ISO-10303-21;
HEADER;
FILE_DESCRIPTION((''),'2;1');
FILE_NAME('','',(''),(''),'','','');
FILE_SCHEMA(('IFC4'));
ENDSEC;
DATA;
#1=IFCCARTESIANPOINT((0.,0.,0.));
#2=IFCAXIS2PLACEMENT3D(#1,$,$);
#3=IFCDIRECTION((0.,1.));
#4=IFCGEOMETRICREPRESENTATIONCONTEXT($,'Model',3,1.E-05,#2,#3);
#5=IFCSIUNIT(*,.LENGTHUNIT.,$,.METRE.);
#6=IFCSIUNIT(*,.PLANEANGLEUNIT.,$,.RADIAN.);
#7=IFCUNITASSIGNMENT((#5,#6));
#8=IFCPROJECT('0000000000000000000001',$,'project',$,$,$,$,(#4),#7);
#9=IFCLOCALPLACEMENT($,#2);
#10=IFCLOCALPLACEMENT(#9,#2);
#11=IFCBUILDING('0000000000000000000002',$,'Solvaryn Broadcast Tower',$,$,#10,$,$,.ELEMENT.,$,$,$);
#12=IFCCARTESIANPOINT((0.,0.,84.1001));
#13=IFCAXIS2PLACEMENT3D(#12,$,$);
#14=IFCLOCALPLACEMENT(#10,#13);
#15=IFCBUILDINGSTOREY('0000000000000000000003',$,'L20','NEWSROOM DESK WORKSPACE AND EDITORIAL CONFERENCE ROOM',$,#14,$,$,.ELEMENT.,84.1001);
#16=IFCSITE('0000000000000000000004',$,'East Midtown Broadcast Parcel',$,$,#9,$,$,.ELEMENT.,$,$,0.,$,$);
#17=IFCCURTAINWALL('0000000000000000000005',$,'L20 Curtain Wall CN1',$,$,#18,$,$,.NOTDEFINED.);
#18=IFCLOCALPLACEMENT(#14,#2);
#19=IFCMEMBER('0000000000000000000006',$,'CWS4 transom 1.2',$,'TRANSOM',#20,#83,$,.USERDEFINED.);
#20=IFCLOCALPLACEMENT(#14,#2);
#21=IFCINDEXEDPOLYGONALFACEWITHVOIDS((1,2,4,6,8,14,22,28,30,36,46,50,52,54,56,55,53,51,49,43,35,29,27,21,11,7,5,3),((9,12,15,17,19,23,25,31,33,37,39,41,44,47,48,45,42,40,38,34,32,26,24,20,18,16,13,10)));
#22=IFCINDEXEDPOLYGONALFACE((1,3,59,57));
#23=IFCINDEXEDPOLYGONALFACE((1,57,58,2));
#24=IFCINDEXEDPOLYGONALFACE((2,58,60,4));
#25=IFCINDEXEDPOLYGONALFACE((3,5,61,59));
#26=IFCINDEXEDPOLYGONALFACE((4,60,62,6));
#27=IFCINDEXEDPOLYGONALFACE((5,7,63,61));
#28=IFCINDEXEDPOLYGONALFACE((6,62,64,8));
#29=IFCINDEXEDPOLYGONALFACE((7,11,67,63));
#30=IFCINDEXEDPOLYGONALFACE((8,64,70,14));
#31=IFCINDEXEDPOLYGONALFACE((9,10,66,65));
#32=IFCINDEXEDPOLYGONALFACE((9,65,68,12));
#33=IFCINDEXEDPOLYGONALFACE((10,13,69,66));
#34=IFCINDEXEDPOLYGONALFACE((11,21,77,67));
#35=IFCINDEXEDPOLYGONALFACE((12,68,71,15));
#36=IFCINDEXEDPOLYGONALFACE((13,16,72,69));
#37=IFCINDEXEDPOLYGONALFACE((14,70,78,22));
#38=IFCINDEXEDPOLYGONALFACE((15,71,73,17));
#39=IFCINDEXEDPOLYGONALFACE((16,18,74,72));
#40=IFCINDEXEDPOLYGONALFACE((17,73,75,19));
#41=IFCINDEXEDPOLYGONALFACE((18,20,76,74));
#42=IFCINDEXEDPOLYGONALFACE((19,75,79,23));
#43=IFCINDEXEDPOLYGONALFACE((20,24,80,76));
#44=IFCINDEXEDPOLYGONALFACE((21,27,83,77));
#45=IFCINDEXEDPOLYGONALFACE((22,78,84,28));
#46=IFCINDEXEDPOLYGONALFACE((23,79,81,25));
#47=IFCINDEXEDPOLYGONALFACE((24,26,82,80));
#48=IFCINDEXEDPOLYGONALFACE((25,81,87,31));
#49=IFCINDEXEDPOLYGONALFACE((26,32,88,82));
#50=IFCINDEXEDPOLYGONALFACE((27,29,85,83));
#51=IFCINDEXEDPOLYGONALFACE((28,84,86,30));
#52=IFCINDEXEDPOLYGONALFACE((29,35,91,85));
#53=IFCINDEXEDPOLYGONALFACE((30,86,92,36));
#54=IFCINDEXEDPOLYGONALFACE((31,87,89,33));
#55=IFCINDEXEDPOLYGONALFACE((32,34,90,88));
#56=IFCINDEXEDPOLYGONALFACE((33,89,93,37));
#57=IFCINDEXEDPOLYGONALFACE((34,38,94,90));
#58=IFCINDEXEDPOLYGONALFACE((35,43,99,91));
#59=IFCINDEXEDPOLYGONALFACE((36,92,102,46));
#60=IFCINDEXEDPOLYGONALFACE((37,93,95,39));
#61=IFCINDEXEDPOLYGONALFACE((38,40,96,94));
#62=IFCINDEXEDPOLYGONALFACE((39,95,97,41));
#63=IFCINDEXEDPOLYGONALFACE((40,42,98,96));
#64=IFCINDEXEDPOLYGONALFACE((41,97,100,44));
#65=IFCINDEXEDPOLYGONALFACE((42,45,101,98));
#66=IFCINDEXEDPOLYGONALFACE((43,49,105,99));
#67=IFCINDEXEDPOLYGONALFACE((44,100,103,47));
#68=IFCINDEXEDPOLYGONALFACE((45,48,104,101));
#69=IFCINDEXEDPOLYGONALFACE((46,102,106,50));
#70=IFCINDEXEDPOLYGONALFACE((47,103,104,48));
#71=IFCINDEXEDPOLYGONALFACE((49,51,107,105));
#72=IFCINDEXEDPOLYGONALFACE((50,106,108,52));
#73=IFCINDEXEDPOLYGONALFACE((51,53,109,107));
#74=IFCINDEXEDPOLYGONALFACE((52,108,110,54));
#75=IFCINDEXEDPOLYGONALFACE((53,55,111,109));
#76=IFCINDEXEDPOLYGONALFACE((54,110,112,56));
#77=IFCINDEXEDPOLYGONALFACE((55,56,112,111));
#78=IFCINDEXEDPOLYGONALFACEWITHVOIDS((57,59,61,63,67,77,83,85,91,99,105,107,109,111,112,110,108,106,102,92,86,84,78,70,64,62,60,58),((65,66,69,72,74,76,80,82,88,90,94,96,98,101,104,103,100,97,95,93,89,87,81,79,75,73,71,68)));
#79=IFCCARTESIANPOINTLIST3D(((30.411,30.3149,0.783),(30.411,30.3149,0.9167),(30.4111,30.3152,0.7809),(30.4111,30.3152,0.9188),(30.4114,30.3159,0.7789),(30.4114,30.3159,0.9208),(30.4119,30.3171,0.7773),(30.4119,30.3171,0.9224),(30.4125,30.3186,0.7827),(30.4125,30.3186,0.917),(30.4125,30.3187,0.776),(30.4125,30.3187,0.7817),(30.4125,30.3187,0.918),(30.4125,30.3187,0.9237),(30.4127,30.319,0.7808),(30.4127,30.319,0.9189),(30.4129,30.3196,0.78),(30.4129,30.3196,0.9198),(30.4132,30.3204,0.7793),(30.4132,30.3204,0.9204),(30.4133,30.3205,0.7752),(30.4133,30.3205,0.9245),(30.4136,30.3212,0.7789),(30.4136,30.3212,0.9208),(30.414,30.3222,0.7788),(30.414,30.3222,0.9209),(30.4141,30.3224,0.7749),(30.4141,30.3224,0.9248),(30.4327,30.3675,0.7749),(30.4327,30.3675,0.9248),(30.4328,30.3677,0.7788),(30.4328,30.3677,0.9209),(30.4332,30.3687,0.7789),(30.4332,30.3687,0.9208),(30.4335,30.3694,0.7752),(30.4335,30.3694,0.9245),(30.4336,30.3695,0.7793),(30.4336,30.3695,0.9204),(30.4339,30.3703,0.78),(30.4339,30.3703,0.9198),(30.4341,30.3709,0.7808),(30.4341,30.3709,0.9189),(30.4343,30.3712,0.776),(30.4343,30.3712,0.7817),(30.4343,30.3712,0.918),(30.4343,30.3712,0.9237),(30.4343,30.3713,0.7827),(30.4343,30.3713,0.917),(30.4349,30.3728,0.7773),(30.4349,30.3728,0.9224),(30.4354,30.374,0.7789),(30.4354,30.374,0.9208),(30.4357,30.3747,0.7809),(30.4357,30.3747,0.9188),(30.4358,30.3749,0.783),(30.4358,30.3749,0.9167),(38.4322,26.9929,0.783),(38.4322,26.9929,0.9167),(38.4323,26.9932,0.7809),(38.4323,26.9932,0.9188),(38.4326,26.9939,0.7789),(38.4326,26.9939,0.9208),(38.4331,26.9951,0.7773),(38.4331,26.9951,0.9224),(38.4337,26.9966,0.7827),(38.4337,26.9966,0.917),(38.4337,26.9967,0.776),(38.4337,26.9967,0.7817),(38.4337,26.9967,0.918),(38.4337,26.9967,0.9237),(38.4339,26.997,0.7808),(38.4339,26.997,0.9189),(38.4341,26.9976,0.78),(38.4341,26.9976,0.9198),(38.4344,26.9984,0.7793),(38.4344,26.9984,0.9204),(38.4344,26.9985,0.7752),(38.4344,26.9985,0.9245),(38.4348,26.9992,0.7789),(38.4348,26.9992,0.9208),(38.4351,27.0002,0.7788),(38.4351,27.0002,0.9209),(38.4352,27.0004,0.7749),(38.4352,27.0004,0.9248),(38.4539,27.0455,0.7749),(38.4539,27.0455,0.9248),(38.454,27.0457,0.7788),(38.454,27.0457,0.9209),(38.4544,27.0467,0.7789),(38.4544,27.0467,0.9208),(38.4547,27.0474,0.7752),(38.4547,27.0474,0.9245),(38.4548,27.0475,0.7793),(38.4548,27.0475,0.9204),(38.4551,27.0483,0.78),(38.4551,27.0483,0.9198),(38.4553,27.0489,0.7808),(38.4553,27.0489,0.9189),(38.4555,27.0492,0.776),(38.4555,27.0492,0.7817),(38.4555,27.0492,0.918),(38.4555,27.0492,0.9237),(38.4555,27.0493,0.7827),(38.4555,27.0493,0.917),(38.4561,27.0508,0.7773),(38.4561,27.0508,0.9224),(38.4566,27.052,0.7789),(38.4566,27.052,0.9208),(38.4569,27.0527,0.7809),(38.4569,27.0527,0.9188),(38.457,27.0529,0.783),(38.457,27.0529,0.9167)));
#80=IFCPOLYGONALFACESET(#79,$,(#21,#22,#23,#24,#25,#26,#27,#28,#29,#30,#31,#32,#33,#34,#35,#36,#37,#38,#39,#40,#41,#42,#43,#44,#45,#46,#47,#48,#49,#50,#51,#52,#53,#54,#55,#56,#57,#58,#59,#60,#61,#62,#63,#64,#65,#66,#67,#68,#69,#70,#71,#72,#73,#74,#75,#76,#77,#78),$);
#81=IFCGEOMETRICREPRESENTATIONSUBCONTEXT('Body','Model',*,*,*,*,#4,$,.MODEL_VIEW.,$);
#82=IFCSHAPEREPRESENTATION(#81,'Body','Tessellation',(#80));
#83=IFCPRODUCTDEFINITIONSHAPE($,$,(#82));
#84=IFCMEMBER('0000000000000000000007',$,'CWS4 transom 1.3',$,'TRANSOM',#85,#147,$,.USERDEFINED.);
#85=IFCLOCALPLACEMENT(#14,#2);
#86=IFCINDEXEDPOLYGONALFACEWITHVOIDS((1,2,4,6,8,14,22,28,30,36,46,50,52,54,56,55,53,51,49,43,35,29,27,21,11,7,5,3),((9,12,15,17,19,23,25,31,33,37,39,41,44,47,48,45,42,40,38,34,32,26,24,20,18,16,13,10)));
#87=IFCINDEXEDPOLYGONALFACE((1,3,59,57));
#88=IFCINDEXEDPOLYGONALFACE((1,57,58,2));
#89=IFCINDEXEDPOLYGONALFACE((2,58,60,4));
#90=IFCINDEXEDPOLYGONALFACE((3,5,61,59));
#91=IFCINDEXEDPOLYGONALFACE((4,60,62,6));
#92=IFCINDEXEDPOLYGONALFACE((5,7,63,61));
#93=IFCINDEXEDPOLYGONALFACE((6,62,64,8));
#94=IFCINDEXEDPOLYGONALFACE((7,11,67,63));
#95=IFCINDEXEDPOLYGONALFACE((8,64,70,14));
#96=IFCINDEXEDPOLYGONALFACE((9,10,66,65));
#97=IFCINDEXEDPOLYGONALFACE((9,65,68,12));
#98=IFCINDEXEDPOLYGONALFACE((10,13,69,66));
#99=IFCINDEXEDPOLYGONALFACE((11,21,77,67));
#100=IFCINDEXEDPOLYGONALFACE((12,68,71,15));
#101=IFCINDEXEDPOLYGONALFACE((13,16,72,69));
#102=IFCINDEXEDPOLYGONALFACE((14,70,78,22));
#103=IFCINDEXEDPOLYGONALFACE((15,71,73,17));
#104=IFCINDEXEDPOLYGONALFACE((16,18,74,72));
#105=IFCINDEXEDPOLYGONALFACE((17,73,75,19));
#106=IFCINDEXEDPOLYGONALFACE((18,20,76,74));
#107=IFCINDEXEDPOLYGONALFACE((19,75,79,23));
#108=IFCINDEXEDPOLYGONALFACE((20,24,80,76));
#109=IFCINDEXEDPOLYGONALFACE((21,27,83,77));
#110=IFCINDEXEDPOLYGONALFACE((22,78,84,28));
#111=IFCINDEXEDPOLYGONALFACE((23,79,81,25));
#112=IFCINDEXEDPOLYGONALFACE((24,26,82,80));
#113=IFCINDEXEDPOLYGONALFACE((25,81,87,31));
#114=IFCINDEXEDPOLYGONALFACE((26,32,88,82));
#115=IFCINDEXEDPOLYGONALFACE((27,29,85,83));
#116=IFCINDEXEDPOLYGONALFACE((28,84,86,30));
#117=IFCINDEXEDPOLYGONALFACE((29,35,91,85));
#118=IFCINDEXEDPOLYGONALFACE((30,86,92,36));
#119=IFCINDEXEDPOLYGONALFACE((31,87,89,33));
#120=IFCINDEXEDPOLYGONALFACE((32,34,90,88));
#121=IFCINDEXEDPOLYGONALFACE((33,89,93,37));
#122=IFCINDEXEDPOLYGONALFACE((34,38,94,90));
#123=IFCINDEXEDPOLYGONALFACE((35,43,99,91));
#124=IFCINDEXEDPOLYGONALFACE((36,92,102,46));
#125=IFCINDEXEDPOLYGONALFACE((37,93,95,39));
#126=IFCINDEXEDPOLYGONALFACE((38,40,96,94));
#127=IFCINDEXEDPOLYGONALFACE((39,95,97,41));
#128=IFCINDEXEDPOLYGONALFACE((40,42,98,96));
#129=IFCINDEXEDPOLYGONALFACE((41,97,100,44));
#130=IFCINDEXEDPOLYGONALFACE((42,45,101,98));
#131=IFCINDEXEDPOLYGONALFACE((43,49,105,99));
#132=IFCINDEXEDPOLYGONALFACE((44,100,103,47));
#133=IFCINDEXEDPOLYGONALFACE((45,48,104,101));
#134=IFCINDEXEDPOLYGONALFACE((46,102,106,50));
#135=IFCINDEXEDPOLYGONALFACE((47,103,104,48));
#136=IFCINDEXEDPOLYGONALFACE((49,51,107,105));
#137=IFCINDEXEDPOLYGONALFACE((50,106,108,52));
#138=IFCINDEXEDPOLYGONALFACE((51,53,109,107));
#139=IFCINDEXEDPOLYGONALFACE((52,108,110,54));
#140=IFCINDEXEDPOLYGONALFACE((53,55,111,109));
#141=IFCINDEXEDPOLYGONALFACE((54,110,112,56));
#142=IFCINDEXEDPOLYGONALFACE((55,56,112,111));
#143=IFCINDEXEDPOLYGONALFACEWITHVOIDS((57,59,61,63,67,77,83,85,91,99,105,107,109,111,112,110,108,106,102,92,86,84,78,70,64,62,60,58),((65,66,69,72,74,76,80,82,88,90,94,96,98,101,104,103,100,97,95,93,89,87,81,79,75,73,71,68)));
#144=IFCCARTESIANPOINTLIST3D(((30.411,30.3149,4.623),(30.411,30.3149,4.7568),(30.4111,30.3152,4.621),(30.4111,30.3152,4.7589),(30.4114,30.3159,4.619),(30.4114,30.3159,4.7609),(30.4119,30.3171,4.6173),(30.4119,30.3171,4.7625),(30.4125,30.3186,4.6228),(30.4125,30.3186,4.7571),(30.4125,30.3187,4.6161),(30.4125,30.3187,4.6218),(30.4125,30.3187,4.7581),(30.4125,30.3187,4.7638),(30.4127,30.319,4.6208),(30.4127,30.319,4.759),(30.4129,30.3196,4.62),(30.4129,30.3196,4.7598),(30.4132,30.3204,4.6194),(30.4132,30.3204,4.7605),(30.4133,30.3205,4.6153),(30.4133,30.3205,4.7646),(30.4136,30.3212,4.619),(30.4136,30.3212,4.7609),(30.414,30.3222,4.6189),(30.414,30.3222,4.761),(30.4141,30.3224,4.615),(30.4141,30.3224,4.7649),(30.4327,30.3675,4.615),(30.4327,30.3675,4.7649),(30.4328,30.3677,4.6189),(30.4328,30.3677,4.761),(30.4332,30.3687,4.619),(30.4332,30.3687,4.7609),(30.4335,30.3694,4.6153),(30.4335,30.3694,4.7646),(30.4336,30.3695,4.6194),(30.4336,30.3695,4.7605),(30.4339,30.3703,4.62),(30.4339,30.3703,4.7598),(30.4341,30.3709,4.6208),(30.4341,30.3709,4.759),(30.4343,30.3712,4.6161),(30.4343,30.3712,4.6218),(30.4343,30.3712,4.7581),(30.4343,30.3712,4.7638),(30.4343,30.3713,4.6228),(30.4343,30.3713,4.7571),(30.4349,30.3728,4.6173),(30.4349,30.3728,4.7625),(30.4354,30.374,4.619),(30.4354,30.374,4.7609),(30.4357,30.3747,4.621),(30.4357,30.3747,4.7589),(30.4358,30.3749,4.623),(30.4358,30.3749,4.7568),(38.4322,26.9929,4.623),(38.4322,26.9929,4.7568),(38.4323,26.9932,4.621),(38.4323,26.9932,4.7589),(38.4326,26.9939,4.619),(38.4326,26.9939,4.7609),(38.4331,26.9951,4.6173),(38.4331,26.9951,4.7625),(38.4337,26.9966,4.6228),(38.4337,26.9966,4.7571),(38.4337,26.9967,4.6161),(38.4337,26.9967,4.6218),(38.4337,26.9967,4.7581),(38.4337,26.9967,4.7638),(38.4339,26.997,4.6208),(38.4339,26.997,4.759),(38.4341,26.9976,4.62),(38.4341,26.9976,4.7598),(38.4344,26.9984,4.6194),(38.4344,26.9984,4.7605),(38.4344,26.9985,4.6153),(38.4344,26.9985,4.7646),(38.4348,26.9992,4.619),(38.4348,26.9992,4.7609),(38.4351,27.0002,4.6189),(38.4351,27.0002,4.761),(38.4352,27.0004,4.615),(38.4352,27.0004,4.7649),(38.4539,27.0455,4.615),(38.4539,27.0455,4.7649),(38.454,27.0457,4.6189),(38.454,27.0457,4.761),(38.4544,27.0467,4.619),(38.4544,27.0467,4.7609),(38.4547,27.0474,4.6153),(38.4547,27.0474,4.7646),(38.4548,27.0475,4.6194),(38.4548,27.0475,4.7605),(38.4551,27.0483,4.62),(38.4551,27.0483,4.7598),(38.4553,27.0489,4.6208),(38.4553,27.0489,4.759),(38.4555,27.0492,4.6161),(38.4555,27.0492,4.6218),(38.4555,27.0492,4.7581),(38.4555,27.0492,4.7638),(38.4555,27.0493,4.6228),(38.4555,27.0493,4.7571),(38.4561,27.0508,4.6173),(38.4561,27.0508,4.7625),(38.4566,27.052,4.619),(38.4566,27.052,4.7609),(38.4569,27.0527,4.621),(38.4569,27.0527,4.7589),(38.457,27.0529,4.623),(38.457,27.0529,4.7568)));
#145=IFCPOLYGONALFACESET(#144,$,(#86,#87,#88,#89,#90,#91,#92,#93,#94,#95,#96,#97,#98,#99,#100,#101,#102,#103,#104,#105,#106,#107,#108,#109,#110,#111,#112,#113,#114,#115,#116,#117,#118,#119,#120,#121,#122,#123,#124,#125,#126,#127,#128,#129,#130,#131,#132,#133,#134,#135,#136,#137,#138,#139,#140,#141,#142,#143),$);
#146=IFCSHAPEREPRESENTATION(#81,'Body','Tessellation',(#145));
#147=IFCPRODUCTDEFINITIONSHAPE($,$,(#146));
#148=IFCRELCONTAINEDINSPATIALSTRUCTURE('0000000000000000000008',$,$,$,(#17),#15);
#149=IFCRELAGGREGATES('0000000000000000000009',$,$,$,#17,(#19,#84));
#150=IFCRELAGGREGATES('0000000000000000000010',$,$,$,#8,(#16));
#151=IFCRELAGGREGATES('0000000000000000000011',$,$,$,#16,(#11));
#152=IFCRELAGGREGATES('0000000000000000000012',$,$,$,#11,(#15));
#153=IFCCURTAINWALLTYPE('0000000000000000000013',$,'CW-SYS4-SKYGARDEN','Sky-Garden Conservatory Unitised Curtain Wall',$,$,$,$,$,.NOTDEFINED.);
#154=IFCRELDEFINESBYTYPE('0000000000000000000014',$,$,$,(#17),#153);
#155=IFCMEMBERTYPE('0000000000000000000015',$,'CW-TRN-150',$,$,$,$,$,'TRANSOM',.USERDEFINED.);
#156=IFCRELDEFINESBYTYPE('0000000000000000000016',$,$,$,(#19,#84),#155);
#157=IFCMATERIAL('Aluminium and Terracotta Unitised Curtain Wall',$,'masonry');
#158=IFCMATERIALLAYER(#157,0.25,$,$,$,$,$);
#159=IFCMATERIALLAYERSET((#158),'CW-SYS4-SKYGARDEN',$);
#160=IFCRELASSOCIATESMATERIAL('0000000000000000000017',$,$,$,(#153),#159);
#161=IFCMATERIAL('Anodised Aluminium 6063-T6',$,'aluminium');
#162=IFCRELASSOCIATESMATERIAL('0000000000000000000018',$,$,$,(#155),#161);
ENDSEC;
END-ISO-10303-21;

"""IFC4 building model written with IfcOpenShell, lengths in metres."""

from ifc_helpers import new_model, si_unit, direction, frame, origin, origin_2d, place, context, subcontext, project, spatial, hollow_rectangle, extrude, material, layer, layer_set, material_profile, profile_set, type_object, element, aggregate, save


model = new_model("IFC4")

# Units and contexts
model_context = context("Model", 3, precision=1e-05, world=origin(), true_north=direction((0.0, 1.0)))
body_context = subcontext(model_context, "Body", "Model", "MODEL_VIEW")
ifc_project = project(units=[si_unit("LENGTHUNIT", "METRE"), si_unit("PLANEANGLEUNIT", "RADIAN")], contexts=[model_context])

# Site, building, storey
site_placement = place(None, origin())
site = spatial("IfcSite", under=ifc_project, at=site_placement, Name="East Midtown Broadcast Parcel", CompositionType="ELEMENT", RefElevation=0.0)
building_placement = place(site_placement, origin())
building = spatial("IfcBuilding", under=site, at=building_placement, Name="Solvaryn Broadcast Tower", CompositionType="ELEMENT")
storey_placement = place(building_placement, frame((0.0, 0.0, 84.1001)))
storey = spatial("IfcBuildingStorey", under=building, at=storey_placement, Name="L20", Description="NEWSROOM DESK WORKSPACE AND EDITORIAL CONFERENCE ROOM", CompositionType="ELEMENT", Elevation=84.1001)

# Curtain wall, members
ifc_material_1 = material(Name="Aluminium and Terracotta Unitised Curtain Wall", Category="masonry")
ifc_layer_1 = layer(ifc_material_1, 0.25)
ifc_layer_set_1 = layer_set([ifc_layer_1], Name="CW-SYS4-SKYGARDEN")
curtain_wall_type = type_object("IfcCurtainWallType", Name="CW-SYS4-SKYGARDEN", Description="Sky-Garden Conservatory Unitised Curtain Wall", PredefinedType="NOTDEFINED", material=ifc_layer_set_1)
curtain_wall_placement = place(storey_placement, origin())
curtain_wall = element("IfcCurtainWall", 1, at=curtain_wall_placement, inside=storey, type_object=curtain_wall_type, Name="L20 Curtain Wall CN1", PredefinedType="NOTDEFINED")
ifc_material_2 = material(Name="Anodised Aluminium 6063-T6", Category="aluminium")
ifc_material_profile_1 = material_profile(ifc_material_2, hollow_rectangle(XDim=0.0649, YDim=0.1499, WallThickness=0.0039, InnerFilletRadius=0.0039, OuterFilletRadius=0.0081, at=origin_2d()))
ifc_profile_set_1 = profile_set([ifc_material_profile_1], Name="Anodised Aluminium 6063-T6")
member_type_1 = type_object("IfcMemberType", Name="CW-TRN-150", ElementType="TRANSOM", PredefinedType="USERDEFINED", material=ifc_profile_set_1)
member_1_placement = place(storey_placement, frame((38.4446, 27.0229, 0.8499), z_axis=(-0.923899, 0.382636, 0.0), x_axis=(-0.382636, -0.923899, 0.0)))
member_1 = element("IfcMember", 2, at=member_1_placement, type_object=member_type_1, Name="CWS4 transom 1.2", ObjectType="TRANSOM", PredefinedType="USERDEFINED", context=body_context, shape_type="SweptSolid", body=[
    extrude(hollow_rectangle(XDim=0.0649, YDim=0.1499, WallThickness=0.0039, InnerFilletRadius=0.0039, OuterFilletRadius=0.0081, at=origin_2d()), origin(), (0.0, 0.0, 1.0), 8.6819),
])
member_2_placement = place(storey_placement, frame((38.4446, 27.0229, 4.6899), z_axis=(-0.923899, 0.382636, 0.0), x_axis=(-0.382636, -0.923899, 0.0)))
member_2 = element("IfcMember", 3, at=member_2_placement, type_object=member_type_1, Name="CWS4 transom 1.3", ObjectType="TRANSOM", PredefinedType="USERDEFINED", context=body_context, shape_type="SweptSolid", body=[
    extrude(hollow_rectangle(XDim=0.0649, YDim=0.1499, WallThickness=0.0039, InnerFilletRadius=0.0039, OuterFilletRadius=0.0081, at=origin_2d()), origin(), (0.0, 0.0, 1.0), 8.6819),
])
aggregate(curtain_wall, [member_1, member_2])

save(model, "model.ifc")
